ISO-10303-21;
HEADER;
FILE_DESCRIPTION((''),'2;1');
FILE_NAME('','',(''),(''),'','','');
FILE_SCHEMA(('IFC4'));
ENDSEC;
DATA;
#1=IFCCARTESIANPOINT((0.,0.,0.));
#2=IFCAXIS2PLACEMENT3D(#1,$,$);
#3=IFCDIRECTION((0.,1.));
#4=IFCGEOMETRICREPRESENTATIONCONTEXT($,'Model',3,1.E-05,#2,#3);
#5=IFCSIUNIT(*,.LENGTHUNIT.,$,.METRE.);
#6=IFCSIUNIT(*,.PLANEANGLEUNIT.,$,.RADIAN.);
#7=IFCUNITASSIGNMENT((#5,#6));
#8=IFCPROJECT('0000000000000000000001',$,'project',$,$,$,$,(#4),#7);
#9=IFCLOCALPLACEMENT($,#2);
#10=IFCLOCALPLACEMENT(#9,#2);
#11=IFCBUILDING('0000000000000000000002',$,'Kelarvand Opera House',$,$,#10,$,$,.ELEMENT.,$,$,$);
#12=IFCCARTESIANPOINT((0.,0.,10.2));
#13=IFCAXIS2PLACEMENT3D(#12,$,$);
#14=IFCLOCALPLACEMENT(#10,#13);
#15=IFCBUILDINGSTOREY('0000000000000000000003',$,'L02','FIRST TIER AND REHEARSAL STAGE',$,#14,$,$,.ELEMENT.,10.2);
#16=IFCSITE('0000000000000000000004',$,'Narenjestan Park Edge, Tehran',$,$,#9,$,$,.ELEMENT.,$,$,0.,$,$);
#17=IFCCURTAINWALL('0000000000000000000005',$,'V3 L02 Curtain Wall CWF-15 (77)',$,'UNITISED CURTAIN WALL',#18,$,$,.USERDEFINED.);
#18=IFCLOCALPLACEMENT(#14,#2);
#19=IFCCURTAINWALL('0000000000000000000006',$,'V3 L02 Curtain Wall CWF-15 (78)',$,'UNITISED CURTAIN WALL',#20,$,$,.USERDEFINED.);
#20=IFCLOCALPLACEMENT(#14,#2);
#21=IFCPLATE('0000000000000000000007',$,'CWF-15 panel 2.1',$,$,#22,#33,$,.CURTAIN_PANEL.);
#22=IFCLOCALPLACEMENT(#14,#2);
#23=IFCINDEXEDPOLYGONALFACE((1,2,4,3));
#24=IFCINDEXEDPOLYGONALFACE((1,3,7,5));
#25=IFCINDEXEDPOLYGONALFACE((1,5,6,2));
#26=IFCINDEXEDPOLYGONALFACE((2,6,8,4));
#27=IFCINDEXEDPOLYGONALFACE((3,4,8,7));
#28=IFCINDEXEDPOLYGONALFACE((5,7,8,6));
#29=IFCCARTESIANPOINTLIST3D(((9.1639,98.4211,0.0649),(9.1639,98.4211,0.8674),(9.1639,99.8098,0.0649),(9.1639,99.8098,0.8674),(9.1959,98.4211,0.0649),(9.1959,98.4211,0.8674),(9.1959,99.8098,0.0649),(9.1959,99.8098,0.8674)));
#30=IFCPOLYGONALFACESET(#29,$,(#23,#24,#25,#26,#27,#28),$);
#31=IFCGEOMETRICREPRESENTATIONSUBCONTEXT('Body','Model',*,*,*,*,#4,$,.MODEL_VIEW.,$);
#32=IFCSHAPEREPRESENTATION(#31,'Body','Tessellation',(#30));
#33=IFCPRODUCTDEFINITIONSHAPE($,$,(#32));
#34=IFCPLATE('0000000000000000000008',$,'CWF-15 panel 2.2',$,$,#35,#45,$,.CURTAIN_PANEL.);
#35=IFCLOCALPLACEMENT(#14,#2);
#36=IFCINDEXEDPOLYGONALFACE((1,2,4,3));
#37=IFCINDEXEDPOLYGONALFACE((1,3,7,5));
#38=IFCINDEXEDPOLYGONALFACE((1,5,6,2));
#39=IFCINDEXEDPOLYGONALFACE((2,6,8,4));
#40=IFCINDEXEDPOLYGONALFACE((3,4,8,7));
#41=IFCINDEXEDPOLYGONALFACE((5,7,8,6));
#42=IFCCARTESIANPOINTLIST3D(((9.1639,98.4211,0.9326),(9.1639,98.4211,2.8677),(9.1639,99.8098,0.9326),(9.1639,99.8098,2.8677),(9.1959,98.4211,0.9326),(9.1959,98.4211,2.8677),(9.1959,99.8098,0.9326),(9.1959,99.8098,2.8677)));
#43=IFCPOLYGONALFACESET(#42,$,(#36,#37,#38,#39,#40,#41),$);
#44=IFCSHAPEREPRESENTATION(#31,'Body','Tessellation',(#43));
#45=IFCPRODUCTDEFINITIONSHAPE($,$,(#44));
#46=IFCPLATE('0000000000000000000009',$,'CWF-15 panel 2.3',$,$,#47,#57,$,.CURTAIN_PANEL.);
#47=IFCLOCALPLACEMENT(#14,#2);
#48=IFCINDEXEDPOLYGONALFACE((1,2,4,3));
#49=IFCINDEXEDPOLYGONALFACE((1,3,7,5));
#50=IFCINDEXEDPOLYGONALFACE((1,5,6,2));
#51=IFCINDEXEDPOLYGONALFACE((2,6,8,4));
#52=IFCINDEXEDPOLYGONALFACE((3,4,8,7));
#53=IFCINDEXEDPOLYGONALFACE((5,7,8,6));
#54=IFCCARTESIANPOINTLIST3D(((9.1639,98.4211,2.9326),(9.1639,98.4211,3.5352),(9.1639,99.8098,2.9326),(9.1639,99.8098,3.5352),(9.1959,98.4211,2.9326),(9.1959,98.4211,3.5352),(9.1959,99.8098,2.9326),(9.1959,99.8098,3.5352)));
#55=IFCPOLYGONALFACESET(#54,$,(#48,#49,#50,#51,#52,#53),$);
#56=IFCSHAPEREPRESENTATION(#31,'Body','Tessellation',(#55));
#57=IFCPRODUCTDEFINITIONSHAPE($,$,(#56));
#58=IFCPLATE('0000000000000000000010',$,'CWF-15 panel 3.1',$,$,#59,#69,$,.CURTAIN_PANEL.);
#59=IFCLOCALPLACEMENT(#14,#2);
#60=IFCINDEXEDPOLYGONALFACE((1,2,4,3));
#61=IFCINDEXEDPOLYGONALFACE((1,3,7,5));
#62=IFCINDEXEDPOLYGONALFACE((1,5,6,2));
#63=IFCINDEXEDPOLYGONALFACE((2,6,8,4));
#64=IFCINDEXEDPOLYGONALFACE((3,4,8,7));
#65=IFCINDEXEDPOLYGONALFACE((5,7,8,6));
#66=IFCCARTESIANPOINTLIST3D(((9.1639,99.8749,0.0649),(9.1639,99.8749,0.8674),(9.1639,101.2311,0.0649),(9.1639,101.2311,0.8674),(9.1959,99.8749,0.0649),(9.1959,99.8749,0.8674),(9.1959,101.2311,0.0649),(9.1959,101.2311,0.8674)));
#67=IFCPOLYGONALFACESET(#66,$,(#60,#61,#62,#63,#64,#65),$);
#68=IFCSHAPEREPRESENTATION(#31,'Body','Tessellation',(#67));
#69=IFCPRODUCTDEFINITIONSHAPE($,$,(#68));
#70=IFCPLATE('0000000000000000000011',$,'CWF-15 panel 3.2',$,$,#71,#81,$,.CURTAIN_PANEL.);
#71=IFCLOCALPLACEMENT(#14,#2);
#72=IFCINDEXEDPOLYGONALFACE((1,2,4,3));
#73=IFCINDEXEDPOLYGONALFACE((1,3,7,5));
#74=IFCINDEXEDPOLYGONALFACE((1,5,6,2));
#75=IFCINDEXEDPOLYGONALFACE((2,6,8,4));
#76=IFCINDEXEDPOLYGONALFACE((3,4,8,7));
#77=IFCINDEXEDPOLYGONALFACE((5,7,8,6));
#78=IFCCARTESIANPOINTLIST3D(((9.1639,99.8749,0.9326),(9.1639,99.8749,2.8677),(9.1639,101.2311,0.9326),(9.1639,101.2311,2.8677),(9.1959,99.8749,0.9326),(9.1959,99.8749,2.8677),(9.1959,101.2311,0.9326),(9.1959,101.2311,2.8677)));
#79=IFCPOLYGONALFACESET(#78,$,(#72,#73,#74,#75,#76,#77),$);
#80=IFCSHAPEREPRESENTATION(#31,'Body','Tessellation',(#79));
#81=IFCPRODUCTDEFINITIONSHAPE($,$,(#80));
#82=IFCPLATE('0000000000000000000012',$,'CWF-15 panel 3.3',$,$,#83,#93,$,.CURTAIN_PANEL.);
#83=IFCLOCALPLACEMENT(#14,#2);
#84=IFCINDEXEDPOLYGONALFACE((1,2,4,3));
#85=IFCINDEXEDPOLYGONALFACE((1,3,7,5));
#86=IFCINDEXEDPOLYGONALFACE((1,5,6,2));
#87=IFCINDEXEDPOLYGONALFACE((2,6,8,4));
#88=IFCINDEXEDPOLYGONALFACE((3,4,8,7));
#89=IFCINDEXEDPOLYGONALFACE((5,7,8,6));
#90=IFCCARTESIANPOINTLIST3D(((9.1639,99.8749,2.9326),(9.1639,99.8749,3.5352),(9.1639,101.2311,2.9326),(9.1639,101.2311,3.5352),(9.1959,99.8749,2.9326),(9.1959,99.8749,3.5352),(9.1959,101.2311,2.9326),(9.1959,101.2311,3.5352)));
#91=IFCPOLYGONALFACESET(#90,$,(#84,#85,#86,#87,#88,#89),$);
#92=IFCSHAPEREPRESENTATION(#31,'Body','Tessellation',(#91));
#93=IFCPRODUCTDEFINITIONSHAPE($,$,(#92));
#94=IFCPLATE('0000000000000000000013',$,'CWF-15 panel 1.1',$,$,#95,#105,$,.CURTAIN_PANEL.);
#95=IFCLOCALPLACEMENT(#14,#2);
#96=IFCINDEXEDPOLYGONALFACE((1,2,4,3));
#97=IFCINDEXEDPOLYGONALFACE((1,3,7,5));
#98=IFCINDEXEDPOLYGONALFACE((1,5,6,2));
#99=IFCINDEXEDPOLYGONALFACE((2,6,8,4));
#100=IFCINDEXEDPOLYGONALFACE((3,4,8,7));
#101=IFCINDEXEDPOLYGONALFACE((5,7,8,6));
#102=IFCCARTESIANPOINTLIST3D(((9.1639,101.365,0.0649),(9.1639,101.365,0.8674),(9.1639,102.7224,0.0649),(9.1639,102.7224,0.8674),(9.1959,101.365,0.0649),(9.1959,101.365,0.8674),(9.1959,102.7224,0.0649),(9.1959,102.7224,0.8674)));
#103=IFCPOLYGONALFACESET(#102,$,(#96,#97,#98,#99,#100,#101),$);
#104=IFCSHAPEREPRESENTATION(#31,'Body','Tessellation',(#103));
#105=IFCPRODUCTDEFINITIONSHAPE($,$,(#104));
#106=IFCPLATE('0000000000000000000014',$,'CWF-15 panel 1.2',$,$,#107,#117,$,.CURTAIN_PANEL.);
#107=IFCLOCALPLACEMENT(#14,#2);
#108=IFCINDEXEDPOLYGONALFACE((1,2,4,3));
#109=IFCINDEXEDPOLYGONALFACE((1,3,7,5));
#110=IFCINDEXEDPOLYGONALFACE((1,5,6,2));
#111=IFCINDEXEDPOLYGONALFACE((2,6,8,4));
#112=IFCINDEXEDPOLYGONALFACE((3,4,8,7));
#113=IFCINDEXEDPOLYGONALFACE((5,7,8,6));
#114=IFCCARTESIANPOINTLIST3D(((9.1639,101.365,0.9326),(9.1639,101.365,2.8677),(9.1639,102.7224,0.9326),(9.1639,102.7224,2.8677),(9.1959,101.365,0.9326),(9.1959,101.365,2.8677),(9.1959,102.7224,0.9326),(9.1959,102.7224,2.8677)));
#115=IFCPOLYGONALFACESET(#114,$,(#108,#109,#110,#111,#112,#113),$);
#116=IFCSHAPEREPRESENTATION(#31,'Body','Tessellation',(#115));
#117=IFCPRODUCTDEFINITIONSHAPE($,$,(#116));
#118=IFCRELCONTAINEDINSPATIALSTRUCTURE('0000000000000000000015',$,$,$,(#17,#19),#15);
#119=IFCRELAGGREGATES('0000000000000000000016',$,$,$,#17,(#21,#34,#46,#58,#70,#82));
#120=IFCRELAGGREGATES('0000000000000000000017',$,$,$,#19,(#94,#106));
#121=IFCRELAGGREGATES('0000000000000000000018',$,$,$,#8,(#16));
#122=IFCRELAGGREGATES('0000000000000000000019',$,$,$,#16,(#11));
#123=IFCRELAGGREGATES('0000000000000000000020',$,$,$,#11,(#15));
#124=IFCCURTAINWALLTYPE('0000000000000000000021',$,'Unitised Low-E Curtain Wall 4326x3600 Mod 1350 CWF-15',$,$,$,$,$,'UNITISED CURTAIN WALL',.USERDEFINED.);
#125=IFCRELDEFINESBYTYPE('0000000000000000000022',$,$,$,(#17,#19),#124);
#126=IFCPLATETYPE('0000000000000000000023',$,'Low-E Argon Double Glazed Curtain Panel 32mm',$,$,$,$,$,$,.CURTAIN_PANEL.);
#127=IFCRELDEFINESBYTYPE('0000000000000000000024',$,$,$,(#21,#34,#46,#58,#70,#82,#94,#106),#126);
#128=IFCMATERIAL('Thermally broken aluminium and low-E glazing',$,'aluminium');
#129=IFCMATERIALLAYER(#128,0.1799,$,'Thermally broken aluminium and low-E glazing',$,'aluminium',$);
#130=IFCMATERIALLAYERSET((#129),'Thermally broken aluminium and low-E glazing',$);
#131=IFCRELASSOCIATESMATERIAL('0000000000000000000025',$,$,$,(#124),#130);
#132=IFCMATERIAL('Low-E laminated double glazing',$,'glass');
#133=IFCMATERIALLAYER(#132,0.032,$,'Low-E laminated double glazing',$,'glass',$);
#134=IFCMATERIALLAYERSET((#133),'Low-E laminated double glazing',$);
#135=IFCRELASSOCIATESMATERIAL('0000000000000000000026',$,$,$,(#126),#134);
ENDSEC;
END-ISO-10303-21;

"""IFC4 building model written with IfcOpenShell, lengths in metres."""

from ifc_helpers import new_model, si_unit, direction, frame, origin, origin_2d, place, context, subcontext, project, spatial, rectangle, extrude, material, layer, layer_set, type_object, element, aggregate, save


model = new_model("IFC4")

# Units and contexts
model_context = context("Model", 3, precision=1e-05, world=origin(), true_north=direction((0.0, 1.0)))
body_context = subcontext(model_context, "Body", "Model", "MODEL_VIEW")
ifc_project = project(units=[si_unit("LENGTHUNIT", "METRE"), si_unit("PLANEANGLEUNIT", "RADIAN")], contexts=[model_context])

# Site, building, storey
site_placement = place(None, origin())
site = spatial("IfcSite", under=ifc_project, at=site_placement, Name="Narenjestan Park Edge, Tehran", CompositionType="ELEMENT", RefElevation=0.0)
building_placement = place(site_placement, origin())
building = spatial("IfcBuilding", under=site, at=building_placement, Name="Kelarvand Opera House", CompositionType="ELEMENT")
storey_placement = place(building_placement, frame((0.0, 0.0, 10.2)))
storey = spatial("IfcBuildingStorey", under=building, at=storey_placement, Name="L02", Description="FIRST TIER AND REHEARSAL STAGE", CompositionType="ELEMENT", Elevation=10.2)

# Curtain wall
ifc_material_1 = material(Name="Thermally broken aluminium and low-E glazing", Category="aluminium")
ifc_layer_1 = layer(ifc_material_1, 0.1799, Name="Thermally broken aluminium and low-E glazing", Category="aluminium")
ifc_layer_set_1 = layer_set([ifc_layer_1], Name="Thermally broken aluminium and low-E glazing")
curtain_wall_type = type_object("IfcCurtainWallType", Name="Unitised Low-E Curtain Wall 4326x3600 Mod 1350 CWF-15", ElementType="UNITISED CURTAIN WALL", PredefinedType="USERDEFINED", material=ifc_layer_set_1)
curtain_wall_1_placement = place(storey_placement, origin())
curtain_wall_1 = element("IfcCurtainWall", 1, at=curtain_wall_1_placement, inside=storey, type_object=curtain_wall_type, Name="V3 L02 Curtain Wall CWF-15 (77)", ObjectType="UNITISED CURTAIN WALL", PredefinedType="USERDEFINED")

# Curtain wall
curtain_wall_2_placement = place(storey_placement, origin())
curtain_wall_2 = element("IfcCurtainWall", 2, at=curtain_wall_2_placement, inside=storey, type_object=curtain_wall_type, Name="V3 L02 Curtain Wall CWF-15 (78)", ObjectType="UNITISED CURTAIN WALL", PredefinedType="USERDEFINED")

# Plates
ifc_material_2 = material(Name="Low-E laminated double glazing", Category="glass")
ifc_layer_2 = layer(ifc_material_2, 0.032, Name="Low-E laminated double glazing", Category="glass")
ifc_layer_set_2 = layer_set([ifc_layer_2], Name="Low-E laminated double glazing")
plate_type = type_object("IfcPlateType", Name="Low-E Argon Double Glazed Curtain Panel 32mm", PredefinedType="CURTAIN_PANEL", material=ifc_layer_set_2)
plate_1_placement = place(storey_placement, frame((9.1799, 99.1155, 0.0649), z_axis=(0.0, 0.0, 1.0), x_axis=(0.0, 1.0, 0.0)))
plate_1 = element("IfcPlate", 3, at=plate_1_placement, type_object=plate_type, Name="CWF-15 panel 2.1", PredefinedType="CURTAIN_PANEL", context=body_context, shape_type="SweptSolid", body=[
    extrude(rectangle(XDim=1.3887, YDim=0.032, at=origin_2d()), origin(), (0.0, 0.0, 1.0), 0.8025),
])
plate_2_placement = place(storey_placement, frame((9.1799, 99.1155, 0.9326), z_axis=(0.0, 0.0, 1.0), x_axis=(0.0, 1.0, 0.0)))
plate_2 = element("IfcPlate", 4, at=plate_2_placement, type_object=plate_type, Name="CWF-15 panel 2.2", PredefinedType="CURTAIN_PANEL", context=body_context, shape_type="SweptSolid", body=[
    extrude(rectangle(XDim=1.3887, YDim=0.032, at=origin_2d()), origin(), (0.0, 0.0, 1.0), 1.9351),
])
plate_3_placement = place(storey_placement, frame((9.1799, 99.1155, 2.9326), z_axis=(0.0, 0.0, 1.0), x_axis=(0.0, 1.0, 0.0)))
plate_3 = element("IfcPlate", 5, at=plate_3_placement, type_object=plate_type, Name="CWF-15 panel 2.3", PredefinedType="CURTAIN_PANEL", context=body_context, shape_type="SweptSolid", body=[
    extrude(rectangle(XDim=1.3887, YDim=0.032, at=origin_2d()), origin(), (0.0, 0.0, 1.0), 0.6025),
])
plate_4_placement = place(storey_placement, frame((9.1799, 100.553, 0.0649), z_axis=(0.0, 0.0, 1.0), x_axis=(0.0, 1.0, 0.0)))
plate_4 = element("IfcPlate", 6, at=plate_4_placement, type_object=plate_type, Name="CWF-15 panel 3.1", PredefinedType="CURTAIN_PANEL", context=body_context, shape_type="SweptSolid", body=[
    extrude(rectangle(XDim=1.3562, YDim=0.032, at=origin_2d()), origin(), (0.0, 0.0, 1.0), 0.8025),
])
plate_5_placement = place(storey_placement, frame((9.1799, 100.553, 0.9326), z_axis=(0.0, 0.0, 1.0), x_axis=(0.0, 1.0, 0.0)))
plate_5 = element("IfcPlate", 7, at=plate_5_placement, type_object=plate_type, Name="CWF-15 panel 3.2", PredefinedType="CURTAIN_PANEL", context=body_context, shape_type="SweptSolid", body=[
    extrude(rectangle(XDim=1.3562, YDim=0.032, at=origin_2d()), origin(), (0.0, 0.0, 1.0), 1.9351),
])
plate_6_placement = place(storey_placement, frame((9.1799, 100.553, 2.9326), z_axis=(0.0, 0.0, 1.0), x_axis=(0.0, 1.0, 0.0)))
plate_6 = element("IfcPlate", 8, at=plate_6_placement, type_object=plate_type, Name="CWF-15 panel 3.3", PredefinedType="CURTAIN_PANEL", context=body_context, shape_type="SweptSolid", body=[
    extrude(rectangle(XDim=1.3562, YDim=0.032, at=origin_2d()), origin(), (0.0, 0.0, 1.0), 0.6025),
])
aggregate(curtain_wall_1, [plate_1, plate_2, plate_3, plate_4, plate_5, plate_6])
plate_7_placement = place(storey_placement, frame((9.1799, 102.0437, 0.0649), z_axis=(0.0, 0.0, 1.0), x_axis=(0.0, 1.0, 0.0)))
plate_7 = element("IfcPlate", 9, at=plate_7_placement, type_object=plate_type, Name="CWF-15 panel 1.1", PredefinedType="CURTAIN_PANEL", context=body_context, shape_type="SweptSolid", body=[
    extrude(rectangle(XDim=1.3574, YDim=0.032, at=origin_2d()), origin(), (0.0, 0.0, 1.0), 0.8025),
])
plate_8_placement = place(storey_placement, frame((9.1799, 102.0437, 0.9326), z_axis=(0.0, 0.0, 1.0), x_axis=(0.0, 1.0, 0.0)))
plate_8 = element("IfcPlate", 10, at=plate_8_placement, type_object=plate_type, Name="CWF-15 panel 1.2", PredefinedType="CURTAIN_PANEL", context=body_context, shape_type="SweptSolid", body=[
    extrude(rectangle(XDim=1.3574, YDim=0.032, at=origin_2d()), origin(), (0.0, 0.0, 1.0), 1.9351),
])
aggregate(curtain_wall_2, [plate_7, plate_8])

save(model, "model.ifc")
